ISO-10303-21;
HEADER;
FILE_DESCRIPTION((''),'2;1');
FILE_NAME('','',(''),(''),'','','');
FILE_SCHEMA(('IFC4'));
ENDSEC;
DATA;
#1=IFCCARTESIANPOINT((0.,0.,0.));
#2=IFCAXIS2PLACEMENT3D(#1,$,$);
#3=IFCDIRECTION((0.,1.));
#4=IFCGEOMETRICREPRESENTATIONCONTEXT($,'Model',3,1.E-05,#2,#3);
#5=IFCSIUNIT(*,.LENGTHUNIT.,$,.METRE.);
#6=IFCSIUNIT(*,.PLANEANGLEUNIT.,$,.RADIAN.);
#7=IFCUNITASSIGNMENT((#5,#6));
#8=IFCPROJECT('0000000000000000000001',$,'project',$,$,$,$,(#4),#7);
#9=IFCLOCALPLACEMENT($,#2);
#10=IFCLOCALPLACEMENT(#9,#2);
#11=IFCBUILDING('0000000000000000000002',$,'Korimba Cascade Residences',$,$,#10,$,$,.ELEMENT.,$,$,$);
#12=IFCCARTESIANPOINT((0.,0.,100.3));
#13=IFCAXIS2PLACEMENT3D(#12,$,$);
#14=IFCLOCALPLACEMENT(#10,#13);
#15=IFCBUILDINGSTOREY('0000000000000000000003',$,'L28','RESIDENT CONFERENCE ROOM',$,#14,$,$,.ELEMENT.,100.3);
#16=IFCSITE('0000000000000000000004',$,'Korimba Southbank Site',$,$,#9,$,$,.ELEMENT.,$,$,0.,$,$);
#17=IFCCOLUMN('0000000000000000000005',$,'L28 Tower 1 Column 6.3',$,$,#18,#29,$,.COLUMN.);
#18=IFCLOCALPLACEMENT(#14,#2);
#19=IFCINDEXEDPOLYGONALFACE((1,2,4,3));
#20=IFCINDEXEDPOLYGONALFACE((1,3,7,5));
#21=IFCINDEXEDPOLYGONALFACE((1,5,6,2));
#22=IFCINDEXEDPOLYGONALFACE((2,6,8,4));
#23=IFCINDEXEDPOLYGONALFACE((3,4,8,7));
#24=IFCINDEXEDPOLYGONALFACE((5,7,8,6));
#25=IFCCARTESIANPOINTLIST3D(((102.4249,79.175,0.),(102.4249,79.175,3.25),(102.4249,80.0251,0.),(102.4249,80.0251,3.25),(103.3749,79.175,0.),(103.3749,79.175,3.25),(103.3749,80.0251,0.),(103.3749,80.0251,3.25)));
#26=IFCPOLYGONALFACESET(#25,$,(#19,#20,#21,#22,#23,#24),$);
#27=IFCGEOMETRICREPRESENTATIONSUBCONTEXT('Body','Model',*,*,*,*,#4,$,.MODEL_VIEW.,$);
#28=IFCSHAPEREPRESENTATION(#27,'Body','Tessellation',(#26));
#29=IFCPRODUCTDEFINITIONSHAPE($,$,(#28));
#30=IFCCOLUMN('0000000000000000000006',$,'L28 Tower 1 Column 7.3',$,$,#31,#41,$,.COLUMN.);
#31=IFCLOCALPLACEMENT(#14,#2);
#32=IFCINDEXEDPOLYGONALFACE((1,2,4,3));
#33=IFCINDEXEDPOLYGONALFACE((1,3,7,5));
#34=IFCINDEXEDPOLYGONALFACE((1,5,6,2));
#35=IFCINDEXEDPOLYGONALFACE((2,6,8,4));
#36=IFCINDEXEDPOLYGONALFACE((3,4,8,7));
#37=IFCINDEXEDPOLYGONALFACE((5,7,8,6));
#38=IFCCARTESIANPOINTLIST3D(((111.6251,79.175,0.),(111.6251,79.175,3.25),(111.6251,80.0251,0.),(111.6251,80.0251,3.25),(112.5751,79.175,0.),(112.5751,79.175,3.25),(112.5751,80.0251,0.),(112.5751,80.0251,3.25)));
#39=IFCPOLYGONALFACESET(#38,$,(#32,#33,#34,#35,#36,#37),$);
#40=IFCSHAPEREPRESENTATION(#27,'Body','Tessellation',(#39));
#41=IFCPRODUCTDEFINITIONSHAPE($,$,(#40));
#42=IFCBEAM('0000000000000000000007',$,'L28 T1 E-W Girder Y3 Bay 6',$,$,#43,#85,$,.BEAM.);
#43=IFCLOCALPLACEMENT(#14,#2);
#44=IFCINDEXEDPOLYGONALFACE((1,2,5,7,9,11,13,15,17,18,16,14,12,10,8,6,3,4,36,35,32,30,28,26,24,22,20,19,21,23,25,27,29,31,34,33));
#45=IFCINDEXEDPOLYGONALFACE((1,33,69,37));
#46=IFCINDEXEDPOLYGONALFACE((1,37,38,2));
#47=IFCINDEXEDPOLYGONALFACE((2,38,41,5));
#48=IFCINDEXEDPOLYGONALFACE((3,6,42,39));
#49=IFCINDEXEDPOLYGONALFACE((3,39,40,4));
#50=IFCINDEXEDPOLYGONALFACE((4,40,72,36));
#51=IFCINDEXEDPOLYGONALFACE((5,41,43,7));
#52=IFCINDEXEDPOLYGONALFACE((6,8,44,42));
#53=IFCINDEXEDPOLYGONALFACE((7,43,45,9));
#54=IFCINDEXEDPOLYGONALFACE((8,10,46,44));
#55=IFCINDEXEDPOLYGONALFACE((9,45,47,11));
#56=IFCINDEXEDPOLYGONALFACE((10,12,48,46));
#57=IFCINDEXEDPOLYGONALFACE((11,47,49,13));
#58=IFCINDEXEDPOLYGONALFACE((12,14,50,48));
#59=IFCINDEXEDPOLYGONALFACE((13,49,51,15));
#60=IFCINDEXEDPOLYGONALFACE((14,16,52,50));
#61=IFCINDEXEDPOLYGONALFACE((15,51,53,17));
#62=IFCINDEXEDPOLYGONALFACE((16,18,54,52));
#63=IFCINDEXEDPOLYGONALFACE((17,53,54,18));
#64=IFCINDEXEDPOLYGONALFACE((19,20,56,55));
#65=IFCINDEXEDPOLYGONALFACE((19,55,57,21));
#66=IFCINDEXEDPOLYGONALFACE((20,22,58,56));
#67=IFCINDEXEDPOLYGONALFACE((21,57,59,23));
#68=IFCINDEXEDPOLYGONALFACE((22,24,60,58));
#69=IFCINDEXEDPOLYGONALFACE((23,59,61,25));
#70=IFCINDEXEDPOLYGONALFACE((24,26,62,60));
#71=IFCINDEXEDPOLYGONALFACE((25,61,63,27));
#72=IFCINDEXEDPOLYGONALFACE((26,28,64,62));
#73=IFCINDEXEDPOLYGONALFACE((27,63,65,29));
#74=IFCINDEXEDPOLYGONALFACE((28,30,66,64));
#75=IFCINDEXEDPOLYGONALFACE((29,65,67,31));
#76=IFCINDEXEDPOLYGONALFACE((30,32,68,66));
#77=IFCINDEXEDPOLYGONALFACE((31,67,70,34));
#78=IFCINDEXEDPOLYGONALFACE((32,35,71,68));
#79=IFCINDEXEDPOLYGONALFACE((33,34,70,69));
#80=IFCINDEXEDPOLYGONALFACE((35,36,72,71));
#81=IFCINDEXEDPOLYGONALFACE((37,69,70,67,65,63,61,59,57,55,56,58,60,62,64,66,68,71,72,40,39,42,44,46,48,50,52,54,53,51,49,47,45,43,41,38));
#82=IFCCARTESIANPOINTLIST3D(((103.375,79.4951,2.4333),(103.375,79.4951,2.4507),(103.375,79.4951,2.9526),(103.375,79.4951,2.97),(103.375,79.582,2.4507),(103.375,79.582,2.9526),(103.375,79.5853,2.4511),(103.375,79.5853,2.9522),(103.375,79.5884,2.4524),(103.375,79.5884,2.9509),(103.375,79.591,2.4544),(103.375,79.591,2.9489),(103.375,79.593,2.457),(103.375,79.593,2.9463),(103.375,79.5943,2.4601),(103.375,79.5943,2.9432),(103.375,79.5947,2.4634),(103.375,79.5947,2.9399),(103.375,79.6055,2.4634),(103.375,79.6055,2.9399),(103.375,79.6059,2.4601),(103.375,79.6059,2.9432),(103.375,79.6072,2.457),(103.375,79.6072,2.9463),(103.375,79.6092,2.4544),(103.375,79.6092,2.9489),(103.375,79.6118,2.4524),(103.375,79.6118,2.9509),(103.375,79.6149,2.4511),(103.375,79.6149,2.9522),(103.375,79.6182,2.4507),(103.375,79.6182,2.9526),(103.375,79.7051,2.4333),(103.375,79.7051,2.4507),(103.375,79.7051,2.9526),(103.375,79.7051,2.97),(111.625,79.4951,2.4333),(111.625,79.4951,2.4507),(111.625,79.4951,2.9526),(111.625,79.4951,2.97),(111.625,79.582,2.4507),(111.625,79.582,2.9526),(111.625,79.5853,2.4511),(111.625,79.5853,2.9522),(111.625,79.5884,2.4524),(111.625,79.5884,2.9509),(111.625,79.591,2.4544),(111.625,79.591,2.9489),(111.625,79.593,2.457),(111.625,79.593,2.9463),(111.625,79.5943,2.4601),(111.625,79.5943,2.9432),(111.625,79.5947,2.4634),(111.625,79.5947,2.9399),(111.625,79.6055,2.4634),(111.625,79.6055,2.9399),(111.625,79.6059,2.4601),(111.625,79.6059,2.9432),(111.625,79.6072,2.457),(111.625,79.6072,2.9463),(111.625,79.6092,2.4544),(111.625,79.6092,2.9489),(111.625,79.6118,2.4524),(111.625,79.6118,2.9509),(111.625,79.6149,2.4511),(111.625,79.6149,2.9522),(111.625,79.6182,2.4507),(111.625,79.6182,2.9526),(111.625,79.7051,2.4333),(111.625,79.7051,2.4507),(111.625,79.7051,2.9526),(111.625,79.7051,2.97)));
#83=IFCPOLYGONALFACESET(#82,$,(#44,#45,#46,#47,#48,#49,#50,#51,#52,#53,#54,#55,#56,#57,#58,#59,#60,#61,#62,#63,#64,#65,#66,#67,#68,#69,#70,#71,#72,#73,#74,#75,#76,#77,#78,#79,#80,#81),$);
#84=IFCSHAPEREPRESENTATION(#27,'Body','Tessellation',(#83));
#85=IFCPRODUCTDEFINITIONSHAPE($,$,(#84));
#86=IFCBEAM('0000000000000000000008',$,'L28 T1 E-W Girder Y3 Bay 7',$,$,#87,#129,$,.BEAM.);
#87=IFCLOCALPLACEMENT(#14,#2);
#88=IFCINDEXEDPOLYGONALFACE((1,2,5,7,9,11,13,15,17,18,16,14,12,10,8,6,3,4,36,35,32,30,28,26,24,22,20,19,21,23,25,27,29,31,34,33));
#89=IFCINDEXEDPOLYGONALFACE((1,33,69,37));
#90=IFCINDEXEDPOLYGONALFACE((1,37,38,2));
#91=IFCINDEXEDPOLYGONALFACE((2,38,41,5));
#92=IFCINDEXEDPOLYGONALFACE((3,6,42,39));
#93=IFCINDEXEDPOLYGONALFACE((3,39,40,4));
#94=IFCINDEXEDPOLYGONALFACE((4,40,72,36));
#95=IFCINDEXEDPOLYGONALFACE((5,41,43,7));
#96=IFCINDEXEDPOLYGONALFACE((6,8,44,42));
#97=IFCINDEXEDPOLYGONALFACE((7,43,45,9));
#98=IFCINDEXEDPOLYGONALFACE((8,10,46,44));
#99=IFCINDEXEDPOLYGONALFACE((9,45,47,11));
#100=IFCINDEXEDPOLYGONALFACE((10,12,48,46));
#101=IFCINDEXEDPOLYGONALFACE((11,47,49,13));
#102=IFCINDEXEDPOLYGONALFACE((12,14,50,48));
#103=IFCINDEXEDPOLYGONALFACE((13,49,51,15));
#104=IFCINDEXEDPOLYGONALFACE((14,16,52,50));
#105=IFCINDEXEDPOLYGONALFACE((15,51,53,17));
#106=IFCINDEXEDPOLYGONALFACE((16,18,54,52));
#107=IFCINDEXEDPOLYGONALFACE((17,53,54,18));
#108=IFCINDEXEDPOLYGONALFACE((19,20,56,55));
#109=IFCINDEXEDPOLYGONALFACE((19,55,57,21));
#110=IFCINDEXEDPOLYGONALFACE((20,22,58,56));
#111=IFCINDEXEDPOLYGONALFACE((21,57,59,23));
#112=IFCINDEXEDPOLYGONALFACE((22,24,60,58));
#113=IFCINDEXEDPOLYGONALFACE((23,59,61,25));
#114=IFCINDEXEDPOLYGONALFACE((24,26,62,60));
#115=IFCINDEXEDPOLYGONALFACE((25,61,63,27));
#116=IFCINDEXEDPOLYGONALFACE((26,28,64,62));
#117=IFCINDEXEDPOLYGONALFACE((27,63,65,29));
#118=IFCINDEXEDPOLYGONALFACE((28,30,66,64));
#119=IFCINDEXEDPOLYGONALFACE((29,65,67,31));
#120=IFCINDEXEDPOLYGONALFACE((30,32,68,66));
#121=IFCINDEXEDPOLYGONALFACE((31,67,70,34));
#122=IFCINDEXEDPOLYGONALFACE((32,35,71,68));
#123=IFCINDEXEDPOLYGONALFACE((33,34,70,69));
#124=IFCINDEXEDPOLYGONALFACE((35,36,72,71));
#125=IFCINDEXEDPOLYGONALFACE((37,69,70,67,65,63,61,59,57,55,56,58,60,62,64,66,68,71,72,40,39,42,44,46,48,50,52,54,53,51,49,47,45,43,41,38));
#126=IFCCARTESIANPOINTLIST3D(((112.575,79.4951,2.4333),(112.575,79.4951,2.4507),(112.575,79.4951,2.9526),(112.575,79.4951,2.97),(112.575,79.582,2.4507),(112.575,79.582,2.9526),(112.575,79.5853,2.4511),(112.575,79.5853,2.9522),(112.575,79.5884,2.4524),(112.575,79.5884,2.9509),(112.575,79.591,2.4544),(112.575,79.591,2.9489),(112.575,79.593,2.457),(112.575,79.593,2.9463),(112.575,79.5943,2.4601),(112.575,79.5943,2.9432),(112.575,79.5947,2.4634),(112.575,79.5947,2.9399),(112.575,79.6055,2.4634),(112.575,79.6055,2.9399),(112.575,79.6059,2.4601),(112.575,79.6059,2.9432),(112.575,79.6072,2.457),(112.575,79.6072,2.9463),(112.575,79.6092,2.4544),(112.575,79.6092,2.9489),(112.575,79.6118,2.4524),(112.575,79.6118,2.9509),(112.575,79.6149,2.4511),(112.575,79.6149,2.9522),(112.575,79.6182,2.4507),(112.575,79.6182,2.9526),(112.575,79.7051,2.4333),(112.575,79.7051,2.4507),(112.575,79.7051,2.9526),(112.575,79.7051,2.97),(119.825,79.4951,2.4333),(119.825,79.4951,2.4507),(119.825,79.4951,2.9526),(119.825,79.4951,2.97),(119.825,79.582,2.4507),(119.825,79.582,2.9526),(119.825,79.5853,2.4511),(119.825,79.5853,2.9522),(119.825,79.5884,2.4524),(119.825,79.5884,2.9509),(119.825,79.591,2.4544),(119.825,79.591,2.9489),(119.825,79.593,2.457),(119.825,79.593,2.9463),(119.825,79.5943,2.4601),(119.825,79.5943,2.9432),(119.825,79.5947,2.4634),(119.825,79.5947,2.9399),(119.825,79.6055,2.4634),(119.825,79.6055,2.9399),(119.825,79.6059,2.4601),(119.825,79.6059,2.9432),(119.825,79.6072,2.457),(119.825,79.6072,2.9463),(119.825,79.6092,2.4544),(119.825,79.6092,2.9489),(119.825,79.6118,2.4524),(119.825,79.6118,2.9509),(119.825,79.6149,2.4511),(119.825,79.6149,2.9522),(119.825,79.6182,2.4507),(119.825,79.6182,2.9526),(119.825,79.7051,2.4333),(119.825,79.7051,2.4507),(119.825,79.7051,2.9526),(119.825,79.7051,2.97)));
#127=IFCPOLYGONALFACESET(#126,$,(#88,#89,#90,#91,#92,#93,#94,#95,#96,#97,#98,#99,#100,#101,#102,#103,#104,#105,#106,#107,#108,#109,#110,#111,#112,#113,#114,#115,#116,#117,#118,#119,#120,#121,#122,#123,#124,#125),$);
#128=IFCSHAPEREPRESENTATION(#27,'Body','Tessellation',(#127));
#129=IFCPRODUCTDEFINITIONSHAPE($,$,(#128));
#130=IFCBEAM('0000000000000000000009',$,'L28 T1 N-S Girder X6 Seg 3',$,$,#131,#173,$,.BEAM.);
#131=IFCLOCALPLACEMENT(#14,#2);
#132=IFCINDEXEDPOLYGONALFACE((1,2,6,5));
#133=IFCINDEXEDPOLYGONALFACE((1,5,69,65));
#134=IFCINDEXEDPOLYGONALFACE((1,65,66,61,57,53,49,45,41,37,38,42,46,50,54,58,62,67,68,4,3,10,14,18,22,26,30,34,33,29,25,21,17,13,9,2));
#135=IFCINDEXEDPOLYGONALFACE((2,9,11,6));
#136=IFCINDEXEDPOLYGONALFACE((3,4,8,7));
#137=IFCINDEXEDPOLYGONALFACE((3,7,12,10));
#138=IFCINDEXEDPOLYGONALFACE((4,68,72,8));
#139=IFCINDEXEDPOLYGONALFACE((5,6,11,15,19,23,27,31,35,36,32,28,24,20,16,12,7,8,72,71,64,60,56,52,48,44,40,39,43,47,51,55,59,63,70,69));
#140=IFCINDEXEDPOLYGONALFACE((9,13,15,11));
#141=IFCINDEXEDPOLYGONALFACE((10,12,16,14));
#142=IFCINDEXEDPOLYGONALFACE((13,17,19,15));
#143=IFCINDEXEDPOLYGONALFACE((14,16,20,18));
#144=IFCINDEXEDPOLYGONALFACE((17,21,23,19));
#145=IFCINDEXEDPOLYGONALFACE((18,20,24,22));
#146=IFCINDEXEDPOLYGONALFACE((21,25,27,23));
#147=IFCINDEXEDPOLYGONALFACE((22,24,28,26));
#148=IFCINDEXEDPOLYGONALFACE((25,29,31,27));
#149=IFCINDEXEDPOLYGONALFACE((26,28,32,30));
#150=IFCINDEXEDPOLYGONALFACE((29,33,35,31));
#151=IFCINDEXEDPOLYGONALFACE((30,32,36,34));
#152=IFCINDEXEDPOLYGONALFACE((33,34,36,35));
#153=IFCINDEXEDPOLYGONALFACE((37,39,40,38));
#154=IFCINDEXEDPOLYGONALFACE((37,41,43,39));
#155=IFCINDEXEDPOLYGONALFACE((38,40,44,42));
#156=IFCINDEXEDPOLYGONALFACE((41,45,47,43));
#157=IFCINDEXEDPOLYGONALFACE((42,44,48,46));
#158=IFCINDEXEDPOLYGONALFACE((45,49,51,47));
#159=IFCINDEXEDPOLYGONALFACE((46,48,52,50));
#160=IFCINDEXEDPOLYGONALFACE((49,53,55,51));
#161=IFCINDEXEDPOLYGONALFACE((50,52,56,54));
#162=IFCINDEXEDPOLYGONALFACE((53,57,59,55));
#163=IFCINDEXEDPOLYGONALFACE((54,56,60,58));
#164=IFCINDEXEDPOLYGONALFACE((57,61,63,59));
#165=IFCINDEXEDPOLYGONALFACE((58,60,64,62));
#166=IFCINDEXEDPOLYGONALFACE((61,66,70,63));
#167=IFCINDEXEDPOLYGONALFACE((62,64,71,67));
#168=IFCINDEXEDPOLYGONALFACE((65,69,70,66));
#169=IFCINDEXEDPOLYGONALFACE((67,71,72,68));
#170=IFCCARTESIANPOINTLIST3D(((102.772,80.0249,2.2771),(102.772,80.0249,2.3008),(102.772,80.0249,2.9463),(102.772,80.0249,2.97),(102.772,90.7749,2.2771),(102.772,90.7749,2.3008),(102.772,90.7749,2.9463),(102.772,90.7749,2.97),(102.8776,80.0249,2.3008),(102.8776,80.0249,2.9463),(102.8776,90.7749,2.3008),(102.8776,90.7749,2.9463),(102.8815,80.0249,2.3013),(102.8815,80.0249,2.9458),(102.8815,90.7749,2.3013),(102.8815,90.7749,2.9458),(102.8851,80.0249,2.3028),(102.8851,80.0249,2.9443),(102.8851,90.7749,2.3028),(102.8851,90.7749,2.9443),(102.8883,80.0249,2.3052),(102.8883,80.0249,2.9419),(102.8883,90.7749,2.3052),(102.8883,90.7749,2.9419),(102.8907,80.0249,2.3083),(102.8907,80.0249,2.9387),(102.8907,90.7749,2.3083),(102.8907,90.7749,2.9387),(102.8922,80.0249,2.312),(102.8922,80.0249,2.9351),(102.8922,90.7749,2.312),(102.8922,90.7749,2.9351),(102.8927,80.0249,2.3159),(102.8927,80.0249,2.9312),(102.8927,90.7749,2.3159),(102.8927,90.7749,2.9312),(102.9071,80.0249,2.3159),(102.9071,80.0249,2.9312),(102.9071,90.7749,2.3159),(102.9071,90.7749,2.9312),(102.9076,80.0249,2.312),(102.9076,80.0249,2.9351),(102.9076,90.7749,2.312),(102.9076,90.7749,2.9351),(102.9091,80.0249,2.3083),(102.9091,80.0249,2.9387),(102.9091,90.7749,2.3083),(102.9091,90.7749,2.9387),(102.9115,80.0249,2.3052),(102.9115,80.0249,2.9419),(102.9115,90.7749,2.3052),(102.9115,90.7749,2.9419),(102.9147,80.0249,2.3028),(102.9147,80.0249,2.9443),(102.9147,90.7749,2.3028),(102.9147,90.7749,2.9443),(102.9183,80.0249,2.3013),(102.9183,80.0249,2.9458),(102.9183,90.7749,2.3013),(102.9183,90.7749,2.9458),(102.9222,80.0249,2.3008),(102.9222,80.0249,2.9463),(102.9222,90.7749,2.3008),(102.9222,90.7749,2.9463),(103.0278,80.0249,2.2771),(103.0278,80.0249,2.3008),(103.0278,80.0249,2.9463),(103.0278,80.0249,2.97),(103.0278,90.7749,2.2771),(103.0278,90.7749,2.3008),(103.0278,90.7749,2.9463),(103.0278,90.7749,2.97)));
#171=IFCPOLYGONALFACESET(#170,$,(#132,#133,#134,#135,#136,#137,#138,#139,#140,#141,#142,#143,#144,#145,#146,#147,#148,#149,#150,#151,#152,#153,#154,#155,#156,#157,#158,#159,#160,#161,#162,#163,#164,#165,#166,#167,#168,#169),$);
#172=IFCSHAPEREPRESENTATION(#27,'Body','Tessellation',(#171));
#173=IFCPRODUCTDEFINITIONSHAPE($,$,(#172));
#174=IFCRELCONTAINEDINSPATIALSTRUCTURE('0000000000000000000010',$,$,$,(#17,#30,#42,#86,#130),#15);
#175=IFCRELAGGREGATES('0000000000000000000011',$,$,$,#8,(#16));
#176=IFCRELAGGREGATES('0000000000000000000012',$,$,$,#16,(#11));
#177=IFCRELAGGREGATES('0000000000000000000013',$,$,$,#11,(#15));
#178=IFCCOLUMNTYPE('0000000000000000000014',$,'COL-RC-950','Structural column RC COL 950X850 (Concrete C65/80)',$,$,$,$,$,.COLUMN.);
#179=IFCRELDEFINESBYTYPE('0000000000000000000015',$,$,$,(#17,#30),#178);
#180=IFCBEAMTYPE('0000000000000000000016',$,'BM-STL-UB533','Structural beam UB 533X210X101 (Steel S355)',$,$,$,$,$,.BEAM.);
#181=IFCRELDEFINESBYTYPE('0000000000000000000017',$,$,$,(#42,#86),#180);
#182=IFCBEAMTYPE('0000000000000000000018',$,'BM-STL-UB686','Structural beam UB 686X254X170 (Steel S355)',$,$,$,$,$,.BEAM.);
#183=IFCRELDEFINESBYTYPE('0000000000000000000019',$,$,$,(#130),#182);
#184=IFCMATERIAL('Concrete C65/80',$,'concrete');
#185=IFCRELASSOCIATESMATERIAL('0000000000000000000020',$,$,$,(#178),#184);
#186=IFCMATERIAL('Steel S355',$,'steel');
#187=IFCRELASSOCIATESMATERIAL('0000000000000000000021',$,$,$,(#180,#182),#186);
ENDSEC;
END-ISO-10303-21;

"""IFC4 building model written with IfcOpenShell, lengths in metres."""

from ifc_helpers import new_model, si_unit, direction, frame, origin, origin_2d, place, context, subcontext, project, spatial, rectangle, i_section, extrude, material, material_profile, profile_set, type_object, element, save


model = new_model("IFC4")

# Units and contexts
model_context = context("Model", 3, precision=1e-05, world=origin(), true_north=direction((0.0, 1.0)))
body_context = subcontext(model_context, "Body", "Model", "MODEL_VIEW")
ifc_project = project(units=[si_unit("LENGTHUNIT", "METRE"), si_unit("PLANEANGLEUNIT", "RADIAN")], contexts=[model_context])

# Site, building, storey
site_placement = place(None, origin())
site = spatial("IfcSite", under=ifc_project, at=site_placement, Name="Korimba Southbank Site", CompositionType="ELEMENT", RefElevation=0.0)
building_placement = place(site_placement, origin())
building = spatial("IfcBuilding", under=site, at=building_placement, Name="Korimba Cascade Residences", CompositionType="ELEMENT")
storey_placement = place(building_placement, frame((0.0, 0.0, 100.3)))
storey = spatial("IfcBuildingStorey", under=building, at=storey_placement, Name="L28", Description="RESIDENT CONFERENCE ROOM", CompositionType="ELEMENT", Elevation=100.3)

# Columns
ifc_material_1 = material(Name="Concrete C65/80", Category="concrete")
ifc_material_profile_1 = material_profile(ifc_material_1, rectangle(XDim=0.95, YDim=0.8501, at=origin_2d()), Name="Concrete C65/80")
ifc_profile_set_1 = profile_set([ifc_material_profile_1], Name="Concrete C65/80")
column_type = type_object("IfcColumnType", Name="COL-RC-950", Description="Structural column RC COL 950X850 (Concrete C65/80)", PredefinedType="COLUMN", material=ifc_profile_set_1)
for number, where, z_axis, x_axis, name in (
    (1, (102.8999, 79.6001, 0.0), (0.0, 0.0, 1.0), (1.0, 0.0, 0.0), "L28 Tower 1 Column 6.3"),
    (2, (112.1001, 79.6001, 0.0), (0.0, 0.0, 1.0), (1.0, 0.0, 0.0), "L28 Tower 1 Column 7.3"),
):
    element("IfcColumn", number, at=place(storey_placement, frame(where, z_axis=z_axis, x_axis=x_axis)), inside=storey, type_object=column_type, Name=name, PredefinedType="COLUMN", context=body_context, shape_type="SweptSolid", body=[
        extrude(rectangle(XDim=0.95, YDim=0.8501, at=origin_2d()), origin(), (0.0, 0.0, 1.0), 3.25),
    ])

# Beams
ifc_material_2 = material(Name="Steel S355", Category="steel")
ifc_material_profile_2 = material_profile(ifc_material_2, i_section(OverallWidth=0.21, OverallDepth=0.5366, WebThickness=0.0107, FlangeThickness=0.0173, FilletRadius=0.0127, at=origin_2d()), Name="Steel S355")
ifc_profile_set_2 = profile_set([ifc_material_profile_2], Name="Steel S355")
beam_type_1 = type_object("IfcBeamType", Name="BM-STL-UB533", Description="Structural beam UB 533X210X101 (Steel S355)", PredefinedType="BEAM", material=ifc_profile_set_2)
beam_1_placement = place(storey_placement, frame((103.375, 79.6001, 2.7017), z_axis=(1.0, 0.0, 0.0), x_axis=(0.0, 1.0, 0.0)))
element("IfcBeam", 3, at=beam_1_placement, inside=storey, type_object=beam_type_1, Name="L28 T1 E-W Girder Y3 Bay 6", PredefinedType="BEAM", context=body_context, shape_type="SweptSolid", body=[
    extrude(i_section(OverallWidth=0.21, OverallDepth=0.5366, WebThickness=0.0107, FlangeThickness=0.0173, FilletRadius=0.0127, at=origin_2d()), origin(), (0.0, 0.0, 1.0), 8.25),
])
beam_2_placement = place(storey_placement, frame((112.575, 79.6001, 2.7017), z_axis=(1.0, 0.0, 0.0), x_axis=(0.0, 1.0, 0.0)))
element("IfcBeam", 4, at=beam_2_placement, inside=storey, type_object=beam_type_1, Name="L28 T1 E-W Girder Y3 Bay 7", PredefinedType="BEAM", context=body_context, shape_type="SweptSolid", body=[
    extrude(i_section(OverallWidth=0.21, OverallDepth=0.5366, WebThickness=0.0107, FlangeThickness=0.0173, FilletRadius=0.0127, at=origin_2d()), origin(), (0.0, 0.0, 1.0), 7.25),
])
ifc_material_profile_3 = material_profile(ifc_material_2, i_section(OverallWidth=0.2559, OverallDepth=0.6929, WebThickness=0.0144, FlangeThickness=0.0237, FilletRadius=0.0151, at=origin_2d()), Name="Steel S355")
ifc_profile_set_3 = profile_set([ifc_material_profile_3], Name="Steel S355")
beam_type_2 = type_object("IfcBeamType", Name="BM-STL-UB686", Description="Structural beam UB 686X254X170 (Steel S355)", PredefinedType="BEAM", material=ifc_profile_set_3)
for number, where, z_axis, x_axis, name in (
    (5, (102.8999, 80.0249, 2.6235), (0.0, 1.0, 0.0), (-1.0, 0.0, 0.0), "L28 T1 N-S Girder X6 Seg 3"),
):
    element("IfcBeam", number, at=place(storey_placement, frame(where, z_axis=z_axis, x_axis=x_axis)), inside=storey, type_object=beam_type_2, Name=name, PredefinedType="BEAM", context=body_context, shape_type="SweptSolid", body=[
        extrude(i_section(OverallWidth=0.2559, OverallDepth=0.6929, WebThickness=0.0144, FlangeThickness=0.0237, FilletRadius=0.0151, at=origin_2d()), origin(), (0.0, 0.0, 1.0), 10.75),
    ])

save(model, "model.ifc")
